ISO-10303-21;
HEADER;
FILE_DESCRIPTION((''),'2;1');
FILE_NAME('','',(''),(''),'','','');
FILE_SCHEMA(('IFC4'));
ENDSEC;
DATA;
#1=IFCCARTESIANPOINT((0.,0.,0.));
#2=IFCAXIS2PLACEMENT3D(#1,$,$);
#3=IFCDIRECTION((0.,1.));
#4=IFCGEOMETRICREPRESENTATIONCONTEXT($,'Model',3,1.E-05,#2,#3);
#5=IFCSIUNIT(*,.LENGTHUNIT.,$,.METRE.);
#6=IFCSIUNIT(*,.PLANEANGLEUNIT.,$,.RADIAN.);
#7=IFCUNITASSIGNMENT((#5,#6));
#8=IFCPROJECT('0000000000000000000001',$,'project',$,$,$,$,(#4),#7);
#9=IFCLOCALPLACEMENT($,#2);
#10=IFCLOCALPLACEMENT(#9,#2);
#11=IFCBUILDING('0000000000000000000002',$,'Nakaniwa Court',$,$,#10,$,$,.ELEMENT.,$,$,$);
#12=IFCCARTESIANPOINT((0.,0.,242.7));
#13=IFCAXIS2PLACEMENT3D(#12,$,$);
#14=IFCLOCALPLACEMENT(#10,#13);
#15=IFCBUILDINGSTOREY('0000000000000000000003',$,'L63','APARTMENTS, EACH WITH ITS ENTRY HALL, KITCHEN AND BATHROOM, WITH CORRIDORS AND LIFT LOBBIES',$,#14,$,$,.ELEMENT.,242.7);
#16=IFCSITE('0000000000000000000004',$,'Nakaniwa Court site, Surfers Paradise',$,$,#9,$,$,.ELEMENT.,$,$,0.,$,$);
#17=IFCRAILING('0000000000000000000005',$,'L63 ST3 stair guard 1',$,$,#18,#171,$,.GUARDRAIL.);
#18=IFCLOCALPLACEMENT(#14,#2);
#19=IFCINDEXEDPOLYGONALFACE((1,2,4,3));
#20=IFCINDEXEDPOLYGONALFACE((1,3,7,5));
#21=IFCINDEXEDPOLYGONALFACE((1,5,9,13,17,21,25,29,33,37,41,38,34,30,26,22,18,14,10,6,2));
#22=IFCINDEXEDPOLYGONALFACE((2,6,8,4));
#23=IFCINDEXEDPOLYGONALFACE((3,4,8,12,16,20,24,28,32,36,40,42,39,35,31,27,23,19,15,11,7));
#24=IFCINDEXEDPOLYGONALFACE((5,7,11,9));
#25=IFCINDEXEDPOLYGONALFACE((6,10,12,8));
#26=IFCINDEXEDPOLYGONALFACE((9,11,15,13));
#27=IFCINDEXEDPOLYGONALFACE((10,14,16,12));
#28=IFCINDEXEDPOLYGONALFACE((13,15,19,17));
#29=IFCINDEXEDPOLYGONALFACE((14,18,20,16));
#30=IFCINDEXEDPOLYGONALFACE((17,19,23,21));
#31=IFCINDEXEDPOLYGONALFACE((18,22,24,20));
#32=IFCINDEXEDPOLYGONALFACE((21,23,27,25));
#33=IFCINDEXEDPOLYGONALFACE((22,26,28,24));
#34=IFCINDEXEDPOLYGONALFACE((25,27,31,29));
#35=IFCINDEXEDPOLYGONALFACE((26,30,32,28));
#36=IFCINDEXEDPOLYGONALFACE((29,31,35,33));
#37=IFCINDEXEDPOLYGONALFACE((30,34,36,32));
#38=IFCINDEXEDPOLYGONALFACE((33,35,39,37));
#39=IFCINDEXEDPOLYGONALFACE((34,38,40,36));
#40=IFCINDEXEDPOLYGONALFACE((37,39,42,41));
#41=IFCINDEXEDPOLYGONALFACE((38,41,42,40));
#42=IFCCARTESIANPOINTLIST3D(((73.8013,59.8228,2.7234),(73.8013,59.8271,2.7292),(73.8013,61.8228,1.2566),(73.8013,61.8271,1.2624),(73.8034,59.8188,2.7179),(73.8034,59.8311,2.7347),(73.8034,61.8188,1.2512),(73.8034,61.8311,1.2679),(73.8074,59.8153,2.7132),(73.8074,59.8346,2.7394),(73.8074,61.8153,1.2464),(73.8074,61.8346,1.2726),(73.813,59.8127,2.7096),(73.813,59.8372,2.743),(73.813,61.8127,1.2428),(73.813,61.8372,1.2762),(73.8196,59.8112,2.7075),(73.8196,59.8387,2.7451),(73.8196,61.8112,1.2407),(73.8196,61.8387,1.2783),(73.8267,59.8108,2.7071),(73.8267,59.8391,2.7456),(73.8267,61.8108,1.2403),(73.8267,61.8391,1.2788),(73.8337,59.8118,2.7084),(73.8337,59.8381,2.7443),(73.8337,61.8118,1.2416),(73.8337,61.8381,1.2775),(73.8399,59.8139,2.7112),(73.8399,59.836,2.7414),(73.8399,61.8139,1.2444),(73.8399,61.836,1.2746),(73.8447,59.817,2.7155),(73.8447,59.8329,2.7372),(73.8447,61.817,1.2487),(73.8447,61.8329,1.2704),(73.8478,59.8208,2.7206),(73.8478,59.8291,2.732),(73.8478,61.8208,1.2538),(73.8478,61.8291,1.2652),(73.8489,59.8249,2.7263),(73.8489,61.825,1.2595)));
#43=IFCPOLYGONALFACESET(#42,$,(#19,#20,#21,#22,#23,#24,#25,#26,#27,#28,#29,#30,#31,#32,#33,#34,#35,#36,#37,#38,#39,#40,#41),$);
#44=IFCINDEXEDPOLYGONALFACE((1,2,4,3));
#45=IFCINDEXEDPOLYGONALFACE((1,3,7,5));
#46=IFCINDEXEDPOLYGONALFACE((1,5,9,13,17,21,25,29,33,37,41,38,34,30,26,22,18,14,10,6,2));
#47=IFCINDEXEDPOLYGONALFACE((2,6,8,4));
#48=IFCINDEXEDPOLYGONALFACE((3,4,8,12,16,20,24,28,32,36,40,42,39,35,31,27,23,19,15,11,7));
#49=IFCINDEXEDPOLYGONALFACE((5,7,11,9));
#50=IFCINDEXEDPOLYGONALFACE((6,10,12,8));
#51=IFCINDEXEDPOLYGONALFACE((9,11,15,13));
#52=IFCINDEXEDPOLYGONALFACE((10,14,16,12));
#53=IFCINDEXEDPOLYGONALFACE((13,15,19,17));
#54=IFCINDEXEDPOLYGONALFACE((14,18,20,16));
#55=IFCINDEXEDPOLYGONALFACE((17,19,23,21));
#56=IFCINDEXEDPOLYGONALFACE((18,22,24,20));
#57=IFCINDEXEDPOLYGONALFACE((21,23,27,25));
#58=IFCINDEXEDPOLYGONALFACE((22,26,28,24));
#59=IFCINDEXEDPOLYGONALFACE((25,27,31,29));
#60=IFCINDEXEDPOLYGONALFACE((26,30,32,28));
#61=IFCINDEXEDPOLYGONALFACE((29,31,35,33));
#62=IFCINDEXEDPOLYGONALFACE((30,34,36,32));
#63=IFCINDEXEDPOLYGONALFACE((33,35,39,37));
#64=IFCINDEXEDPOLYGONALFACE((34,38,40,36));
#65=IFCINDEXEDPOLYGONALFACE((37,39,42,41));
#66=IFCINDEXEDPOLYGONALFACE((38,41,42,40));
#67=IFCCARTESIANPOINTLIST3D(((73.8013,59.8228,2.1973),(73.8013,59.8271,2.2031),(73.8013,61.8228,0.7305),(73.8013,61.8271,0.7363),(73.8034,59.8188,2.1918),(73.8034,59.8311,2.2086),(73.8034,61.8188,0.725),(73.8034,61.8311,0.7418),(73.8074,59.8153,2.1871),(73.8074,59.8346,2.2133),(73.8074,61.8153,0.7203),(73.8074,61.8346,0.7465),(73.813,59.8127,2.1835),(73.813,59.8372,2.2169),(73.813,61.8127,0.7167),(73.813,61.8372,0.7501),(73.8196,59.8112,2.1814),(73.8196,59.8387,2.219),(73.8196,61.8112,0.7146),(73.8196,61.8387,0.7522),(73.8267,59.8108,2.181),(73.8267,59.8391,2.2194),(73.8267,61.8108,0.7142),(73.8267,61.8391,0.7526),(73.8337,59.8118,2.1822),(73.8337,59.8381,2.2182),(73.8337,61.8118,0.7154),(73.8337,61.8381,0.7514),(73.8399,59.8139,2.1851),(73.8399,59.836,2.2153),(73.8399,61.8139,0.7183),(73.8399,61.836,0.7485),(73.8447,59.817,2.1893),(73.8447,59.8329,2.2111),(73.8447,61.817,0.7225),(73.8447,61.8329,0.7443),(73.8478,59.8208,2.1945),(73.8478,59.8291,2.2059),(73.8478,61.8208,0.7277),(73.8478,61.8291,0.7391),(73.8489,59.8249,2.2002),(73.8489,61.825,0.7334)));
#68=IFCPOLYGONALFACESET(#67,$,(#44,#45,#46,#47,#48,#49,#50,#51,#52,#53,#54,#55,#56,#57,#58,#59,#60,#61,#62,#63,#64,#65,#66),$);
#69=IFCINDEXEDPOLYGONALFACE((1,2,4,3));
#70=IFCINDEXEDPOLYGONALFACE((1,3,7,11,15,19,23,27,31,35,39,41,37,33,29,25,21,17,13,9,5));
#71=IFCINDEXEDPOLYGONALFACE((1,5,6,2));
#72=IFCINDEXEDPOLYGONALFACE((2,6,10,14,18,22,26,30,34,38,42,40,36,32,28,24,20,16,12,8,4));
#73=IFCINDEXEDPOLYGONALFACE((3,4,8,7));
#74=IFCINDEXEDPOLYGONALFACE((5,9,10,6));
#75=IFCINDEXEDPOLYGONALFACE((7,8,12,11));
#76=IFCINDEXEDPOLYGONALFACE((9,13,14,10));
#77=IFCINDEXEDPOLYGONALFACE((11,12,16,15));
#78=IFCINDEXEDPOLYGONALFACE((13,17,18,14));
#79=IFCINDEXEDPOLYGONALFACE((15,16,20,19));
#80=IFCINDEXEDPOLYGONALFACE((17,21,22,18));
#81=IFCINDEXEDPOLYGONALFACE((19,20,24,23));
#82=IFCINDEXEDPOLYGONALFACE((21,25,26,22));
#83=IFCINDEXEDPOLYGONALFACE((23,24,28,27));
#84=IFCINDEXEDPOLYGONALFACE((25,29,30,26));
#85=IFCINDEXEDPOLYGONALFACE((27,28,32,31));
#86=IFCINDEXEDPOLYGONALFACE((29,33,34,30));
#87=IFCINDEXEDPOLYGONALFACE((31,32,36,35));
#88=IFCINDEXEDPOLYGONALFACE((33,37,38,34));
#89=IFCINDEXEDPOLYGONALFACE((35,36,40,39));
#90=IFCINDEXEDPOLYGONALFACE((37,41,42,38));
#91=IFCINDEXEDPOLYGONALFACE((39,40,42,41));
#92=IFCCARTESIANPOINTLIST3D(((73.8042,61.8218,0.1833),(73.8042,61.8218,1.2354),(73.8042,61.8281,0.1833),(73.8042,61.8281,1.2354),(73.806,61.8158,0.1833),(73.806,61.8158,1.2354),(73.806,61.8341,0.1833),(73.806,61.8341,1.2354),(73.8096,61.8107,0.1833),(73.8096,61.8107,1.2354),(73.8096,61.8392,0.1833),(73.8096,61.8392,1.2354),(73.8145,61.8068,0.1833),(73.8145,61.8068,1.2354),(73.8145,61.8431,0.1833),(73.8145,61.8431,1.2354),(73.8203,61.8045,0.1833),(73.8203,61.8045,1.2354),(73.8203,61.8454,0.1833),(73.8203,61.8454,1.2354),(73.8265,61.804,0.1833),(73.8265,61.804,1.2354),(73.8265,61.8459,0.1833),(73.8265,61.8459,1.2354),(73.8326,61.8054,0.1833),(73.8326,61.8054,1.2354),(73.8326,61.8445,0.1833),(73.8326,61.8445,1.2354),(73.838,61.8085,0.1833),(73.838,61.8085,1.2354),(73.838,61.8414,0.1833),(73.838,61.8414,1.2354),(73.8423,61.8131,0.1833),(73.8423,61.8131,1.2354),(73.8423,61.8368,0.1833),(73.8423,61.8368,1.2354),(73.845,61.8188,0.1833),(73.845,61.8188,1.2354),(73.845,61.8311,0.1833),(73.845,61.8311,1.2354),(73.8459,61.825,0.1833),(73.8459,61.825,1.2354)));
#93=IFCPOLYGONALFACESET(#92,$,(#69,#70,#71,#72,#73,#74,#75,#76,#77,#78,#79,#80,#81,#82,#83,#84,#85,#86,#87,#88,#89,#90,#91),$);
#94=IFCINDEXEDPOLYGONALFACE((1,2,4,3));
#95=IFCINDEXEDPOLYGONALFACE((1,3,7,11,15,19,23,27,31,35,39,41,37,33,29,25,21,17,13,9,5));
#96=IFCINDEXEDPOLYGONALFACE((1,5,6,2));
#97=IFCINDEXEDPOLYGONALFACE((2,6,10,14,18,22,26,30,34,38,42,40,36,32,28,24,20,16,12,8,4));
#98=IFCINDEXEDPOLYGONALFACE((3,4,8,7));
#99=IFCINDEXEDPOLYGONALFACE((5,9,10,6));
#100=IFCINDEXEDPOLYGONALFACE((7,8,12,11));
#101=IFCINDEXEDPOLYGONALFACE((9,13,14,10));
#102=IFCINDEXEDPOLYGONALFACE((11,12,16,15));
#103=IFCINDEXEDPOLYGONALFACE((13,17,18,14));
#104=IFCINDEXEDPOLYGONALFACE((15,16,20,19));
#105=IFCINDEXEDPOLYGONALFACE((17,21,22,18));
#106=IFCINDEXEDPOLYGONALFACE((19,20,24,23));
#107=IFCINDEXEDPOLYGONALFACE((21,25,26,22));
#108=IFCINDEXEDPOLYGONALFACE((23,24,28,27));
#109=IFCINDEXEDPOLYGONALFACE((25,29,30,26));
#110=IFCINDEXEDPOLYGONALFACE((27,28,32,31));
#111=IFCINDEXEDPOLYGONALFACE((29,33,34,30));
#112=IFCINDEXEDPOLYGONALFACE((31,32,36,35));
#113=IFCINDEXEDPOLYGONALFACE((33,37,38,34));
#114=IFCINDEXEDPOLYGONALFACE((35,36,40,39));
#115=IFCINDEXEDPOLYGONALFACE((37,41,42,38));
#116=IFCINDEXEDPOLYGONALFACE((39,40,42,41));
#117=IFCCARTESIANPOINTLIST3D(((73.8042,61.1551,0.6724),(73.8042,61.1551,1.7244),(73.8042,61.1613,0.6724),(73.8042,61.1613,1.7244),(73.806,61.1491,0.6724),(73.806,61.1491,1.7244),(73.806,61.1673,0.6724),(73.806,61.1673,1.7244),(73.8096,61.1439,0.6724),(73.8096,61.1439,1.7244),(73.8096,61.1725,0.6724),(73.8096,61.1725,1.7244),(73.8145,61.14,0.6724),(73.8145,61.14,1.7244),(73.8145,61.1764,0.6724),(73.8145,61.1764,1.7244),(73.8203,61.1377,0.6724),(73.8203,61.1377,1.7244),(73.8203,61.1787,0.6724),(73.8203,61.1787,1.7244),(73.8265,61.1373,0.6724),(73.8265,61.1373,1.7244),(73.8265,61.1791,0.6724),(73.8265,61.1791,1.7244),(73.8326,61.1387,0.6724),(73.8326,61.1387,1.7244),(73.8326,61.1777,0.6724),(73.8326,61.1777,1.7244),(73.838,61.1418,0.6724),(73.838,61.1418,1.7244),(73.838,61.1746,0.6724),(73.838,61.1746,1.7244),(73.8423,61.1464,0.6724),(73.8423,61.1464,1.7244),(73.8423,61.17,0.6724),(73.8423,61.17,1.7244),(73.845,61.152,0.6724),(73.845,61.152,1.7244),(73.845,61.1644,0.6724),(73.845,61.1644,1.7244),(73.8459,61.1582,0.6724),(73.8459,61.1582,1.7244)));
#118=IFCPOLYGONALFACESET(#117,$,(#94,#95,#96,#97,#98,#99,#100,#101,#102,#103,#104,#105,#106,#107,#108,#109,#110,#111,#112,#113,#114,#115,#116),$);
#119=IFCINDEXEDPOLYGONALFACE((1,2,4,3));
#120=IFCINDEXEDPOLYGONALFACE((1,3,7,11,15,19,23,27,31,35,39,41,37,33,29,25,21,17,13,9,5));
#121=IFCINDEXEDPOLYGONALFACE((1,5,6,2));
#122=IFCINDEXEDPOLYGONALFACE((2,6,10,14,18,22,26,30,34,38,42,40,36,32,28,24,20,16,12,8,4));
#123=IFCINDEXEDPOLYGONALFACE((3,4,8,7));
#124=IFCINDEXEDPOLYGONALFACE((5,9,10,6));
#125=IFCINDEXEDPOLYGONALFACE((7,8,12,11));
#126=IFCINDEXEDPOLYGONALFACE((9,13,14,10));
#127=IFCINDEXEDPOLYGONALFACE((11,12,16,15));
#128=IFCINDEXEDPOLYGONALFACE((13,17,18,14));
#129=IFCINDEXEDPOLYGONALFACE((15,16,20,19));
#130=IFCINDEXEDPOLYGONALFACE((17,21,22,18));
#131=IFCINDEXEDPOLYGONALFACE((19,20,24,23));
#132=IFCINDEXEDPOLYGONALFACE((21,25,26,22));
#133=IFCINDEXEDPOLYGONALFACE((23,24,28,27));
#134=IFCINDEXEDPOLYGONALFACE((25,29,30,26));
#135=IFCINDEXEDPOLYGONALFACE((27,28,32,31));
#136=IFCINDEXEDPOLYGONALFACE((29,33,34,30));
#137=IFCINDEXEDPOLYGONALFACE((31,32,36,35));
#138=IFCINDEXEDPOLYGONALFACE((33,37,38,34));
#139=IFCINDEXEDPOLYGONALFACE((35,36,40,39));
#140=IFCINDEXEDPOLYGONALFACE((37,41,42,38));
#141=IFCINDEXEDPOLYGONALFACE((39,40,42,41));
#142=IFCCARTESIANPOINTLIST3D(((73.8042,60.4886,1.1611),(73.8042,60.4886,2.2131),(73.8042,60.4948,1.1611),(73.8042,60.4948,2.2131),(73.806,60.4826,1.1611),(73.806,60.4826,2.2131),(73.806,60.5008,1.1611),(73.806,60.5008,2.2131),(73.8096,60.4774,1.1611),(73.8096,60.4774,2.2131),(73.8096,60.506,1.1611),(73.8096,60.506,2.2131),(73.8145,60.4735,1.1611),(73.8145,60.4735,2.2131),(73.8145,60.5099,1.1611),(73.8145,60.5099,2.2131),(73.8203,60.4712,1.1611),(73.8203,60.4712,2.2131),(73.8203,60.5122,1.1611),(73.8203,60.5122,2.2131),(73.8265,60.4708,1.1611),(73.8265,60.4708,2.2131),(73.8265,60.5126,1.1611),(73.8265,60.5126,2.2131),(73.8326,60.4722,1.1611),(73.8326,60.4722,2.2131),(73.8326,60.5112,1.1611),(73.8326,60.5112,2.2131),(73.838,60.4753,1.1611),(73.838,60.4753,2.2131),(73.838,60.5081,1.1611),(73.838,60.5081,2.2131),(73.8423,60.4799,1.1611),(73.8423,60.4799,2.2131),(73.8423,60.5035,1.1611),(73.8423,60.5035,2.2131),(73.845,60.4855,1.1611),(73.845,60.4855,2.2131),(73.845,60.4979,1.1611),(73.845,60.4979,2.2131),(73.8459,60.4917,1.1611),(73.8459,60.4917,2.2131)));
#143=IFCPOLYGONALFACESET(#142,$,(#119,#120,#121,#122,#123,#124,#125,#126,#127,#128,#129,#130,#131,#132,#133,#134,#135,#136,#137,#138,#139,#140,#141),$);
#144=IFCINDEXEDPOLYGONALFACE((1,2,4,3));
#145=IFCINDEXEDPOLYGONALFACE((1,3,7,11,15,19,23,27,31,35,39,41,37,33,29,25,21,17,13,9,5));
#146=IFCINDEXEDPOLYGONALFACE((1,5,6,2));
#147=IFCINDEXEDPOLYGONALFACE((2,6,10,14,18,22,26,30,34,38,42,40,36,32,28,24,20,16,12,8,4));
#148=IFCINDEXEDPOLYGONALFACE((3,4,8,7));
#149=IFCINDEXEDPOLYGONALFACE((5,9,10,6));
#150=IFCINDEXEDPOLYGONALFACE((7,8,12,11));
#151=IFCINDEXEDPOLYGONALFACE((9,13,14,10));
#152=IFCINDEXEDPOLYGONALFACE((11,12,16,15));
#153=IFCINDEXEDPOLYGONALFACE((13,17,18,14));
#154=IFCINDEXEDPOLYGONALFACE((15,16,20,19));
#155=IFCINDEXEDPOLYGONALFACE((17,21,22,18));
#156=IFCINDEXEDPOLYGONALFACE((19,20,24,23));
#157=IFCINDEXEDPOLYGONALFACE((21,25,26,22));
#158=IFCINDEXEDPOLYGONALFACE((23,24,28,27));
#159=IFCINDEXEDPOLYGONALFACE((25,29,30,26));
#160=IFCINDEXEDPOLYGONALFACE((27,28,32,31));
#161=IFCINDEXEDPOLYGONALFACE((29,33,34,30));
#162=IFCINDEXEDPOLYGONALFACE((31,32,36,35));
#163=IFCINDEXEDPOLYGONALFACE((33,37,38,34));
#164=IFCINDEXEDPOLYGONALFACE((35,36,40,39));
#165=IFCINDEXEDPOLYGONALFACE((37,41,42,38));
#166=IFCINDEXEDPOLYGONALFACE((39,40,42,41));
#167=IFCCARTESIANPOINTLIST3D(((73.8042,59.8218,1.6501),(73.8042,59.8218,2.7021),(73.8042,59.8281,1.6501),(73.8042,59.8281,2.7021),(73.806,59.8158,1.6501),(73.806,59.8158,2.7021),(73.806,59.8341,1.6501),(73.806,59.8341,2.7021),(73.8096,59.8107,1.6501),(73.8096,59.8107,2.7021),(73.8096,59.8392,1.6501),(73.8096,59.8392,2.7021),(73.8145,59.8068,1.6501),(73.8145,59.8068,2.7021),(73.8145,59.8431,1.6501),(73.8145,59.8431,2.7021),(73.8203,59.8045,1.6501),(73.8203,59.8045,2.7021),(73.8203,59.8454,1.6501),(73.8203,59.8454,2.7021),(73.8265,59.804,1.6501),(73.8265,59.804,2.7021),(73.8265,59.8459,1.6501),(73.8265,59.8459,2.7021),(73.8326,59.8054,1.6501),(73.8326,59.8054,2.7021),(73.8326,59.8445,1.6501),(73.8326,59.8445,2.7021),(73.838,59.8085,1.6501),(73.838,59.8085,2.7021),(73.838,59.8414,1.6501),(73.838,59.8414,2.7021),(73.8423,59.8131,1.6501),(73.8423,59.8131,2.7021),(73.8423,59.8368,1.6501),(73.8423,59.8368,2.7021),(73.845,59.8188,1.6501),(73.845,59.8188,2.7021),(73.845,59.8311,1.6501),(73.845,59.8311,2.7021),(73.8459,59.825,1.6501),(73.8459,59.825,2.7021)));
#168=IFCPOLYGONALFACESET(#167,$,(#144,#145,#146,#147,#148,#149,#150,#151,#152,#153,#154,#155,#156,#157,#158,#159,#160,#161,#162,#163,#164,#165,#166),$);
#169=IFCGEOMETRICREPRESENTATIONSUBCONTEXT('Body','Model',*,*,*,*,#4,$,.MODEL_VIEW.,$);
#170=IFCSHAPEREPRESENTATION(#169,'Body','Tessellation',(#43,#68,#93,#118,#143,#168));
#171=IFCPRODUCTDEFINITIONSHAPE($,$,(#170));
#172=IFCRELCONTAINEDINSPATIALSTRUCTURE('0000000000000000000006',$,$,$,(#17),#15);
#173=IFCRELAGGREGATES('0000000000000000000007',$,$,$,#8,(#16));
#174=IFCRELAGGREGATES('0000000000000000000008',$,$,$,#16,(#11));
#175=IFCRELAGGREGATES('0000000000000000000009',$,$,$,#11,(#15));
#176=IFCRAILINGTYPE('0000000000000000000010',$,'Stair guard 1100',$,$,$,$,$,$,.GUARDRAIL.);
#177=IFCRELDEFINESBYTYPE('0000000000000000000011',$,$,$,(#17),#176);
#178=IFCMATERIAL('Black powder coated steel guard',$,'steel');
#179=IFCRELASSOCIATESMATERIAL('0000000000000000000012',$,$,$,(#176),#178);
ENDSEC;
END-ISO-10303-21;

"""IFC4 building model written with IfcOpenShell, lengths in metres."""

from ifc_helpers import new_model, si_unit, direction, frame, origin, origin_2d, place, context, subcontext, project, spatial, circle, extrude, material, type_object, element, save


model = new_model("IFC4")

# Units and contexts
model_context = context("Model", 3, precision=1e-05, world=origin(), true_north=direction((0.0, 1.0)))
body_context = subcontext(model_context, "Body", "Model", "MODEL_VIEW")
ifc_project = project(units=[si_unit("LENGTHUNIT", "METRE"), si_unit("PLANEANGLEUNIT", "RADIAN")], contexts=[model_context])

# Site, building, storey
site_placement = place(None, origin())
site = spatial("IfcSite", under=ifc_project, at=site_placement, Name="Nakaniwa Court site, Surfers Paradise", CompositionType="ELEMENT", RefElevation=0.0)
building_placement = place(site_placement, origin())
building = spatial("IfcBuilding", under=site, at=building_placement, Name="Nakaniwa Court", CompositionType="ELEMENT")
storey_placement = place(building_placement, frame((0.0, 0.0, 242.7)))
storey = spatial("IfcBuildingStorey", under=building, at=storey_placement, Name="L63", Description="APARTMENTS, EACH WITH ITS ENTRY HALL, KITCHEN AND BATHROOM, WITH CORRIDORS AND LIFT LOBBIES", CompositionType="ELEMENT", Elevation=242.7)

# Railing
ifc_material_1 = material(Name="Black powder coated steel guard", Category="steel")
railing_type_1 = type_object("IfcRailingType", Name="Stair guard 1100", PredefinedType="GUARDRAIL", material=ifc_material_1)
railing_1_placement = place(storey_placement, frame((73.825, 61.825, 0.1833)))
element("IfcRailing", 1, at=railing_1_placement, inside=storey, type_object=railing_type_1, Name="L63 ST3 stair guard 1", PredefinedType="GUARDRAIL", context=body_context, shape_type="SweptSolid", body=[
    extrude(circle(Radius=0.0239, at=origin_2d()), frame((0.0, 0.0, 1.0762), z_axis=(0.0, -0.80638, 0.591398), x_axis=(1.0, 0.0, 0.0)), (0.0, 0.0, 1.0), 2.4802),
    extrude(circle(Radius=0.0239, at=origin_2d()), frame((0.0, 0.0, 0.55), z_axis=(0.0, -0.80638, 0.591398), x_axis=(1.0, 0.0, 0.0)), (0.0, 0.0, 1.0), 2.4802),
    extrude(circle(Radius=0.021, at=origin_2d()), origin(), (0.0, 0.0, 1.0), 1.052),
    extrude(circle(Radius=0.021, at=origin_2d()), frame((0.0, -0.6667, 0.489)), (0.0, 0.0, 1.0), 1.052),
    extrude(circle(Radius=0.021, at=origin_2d()), frame((0.0, -1.3333, 0.9778)), (0.0, 0.0, 1.0), 1.052),
    extrude(circle(Radius=0.021, at=origin_2d()), frame((0.0, -2.0, 1.4668)), (0.0, 0.0, 1.0), 1.052),
])

save(model, "model.ifc")
